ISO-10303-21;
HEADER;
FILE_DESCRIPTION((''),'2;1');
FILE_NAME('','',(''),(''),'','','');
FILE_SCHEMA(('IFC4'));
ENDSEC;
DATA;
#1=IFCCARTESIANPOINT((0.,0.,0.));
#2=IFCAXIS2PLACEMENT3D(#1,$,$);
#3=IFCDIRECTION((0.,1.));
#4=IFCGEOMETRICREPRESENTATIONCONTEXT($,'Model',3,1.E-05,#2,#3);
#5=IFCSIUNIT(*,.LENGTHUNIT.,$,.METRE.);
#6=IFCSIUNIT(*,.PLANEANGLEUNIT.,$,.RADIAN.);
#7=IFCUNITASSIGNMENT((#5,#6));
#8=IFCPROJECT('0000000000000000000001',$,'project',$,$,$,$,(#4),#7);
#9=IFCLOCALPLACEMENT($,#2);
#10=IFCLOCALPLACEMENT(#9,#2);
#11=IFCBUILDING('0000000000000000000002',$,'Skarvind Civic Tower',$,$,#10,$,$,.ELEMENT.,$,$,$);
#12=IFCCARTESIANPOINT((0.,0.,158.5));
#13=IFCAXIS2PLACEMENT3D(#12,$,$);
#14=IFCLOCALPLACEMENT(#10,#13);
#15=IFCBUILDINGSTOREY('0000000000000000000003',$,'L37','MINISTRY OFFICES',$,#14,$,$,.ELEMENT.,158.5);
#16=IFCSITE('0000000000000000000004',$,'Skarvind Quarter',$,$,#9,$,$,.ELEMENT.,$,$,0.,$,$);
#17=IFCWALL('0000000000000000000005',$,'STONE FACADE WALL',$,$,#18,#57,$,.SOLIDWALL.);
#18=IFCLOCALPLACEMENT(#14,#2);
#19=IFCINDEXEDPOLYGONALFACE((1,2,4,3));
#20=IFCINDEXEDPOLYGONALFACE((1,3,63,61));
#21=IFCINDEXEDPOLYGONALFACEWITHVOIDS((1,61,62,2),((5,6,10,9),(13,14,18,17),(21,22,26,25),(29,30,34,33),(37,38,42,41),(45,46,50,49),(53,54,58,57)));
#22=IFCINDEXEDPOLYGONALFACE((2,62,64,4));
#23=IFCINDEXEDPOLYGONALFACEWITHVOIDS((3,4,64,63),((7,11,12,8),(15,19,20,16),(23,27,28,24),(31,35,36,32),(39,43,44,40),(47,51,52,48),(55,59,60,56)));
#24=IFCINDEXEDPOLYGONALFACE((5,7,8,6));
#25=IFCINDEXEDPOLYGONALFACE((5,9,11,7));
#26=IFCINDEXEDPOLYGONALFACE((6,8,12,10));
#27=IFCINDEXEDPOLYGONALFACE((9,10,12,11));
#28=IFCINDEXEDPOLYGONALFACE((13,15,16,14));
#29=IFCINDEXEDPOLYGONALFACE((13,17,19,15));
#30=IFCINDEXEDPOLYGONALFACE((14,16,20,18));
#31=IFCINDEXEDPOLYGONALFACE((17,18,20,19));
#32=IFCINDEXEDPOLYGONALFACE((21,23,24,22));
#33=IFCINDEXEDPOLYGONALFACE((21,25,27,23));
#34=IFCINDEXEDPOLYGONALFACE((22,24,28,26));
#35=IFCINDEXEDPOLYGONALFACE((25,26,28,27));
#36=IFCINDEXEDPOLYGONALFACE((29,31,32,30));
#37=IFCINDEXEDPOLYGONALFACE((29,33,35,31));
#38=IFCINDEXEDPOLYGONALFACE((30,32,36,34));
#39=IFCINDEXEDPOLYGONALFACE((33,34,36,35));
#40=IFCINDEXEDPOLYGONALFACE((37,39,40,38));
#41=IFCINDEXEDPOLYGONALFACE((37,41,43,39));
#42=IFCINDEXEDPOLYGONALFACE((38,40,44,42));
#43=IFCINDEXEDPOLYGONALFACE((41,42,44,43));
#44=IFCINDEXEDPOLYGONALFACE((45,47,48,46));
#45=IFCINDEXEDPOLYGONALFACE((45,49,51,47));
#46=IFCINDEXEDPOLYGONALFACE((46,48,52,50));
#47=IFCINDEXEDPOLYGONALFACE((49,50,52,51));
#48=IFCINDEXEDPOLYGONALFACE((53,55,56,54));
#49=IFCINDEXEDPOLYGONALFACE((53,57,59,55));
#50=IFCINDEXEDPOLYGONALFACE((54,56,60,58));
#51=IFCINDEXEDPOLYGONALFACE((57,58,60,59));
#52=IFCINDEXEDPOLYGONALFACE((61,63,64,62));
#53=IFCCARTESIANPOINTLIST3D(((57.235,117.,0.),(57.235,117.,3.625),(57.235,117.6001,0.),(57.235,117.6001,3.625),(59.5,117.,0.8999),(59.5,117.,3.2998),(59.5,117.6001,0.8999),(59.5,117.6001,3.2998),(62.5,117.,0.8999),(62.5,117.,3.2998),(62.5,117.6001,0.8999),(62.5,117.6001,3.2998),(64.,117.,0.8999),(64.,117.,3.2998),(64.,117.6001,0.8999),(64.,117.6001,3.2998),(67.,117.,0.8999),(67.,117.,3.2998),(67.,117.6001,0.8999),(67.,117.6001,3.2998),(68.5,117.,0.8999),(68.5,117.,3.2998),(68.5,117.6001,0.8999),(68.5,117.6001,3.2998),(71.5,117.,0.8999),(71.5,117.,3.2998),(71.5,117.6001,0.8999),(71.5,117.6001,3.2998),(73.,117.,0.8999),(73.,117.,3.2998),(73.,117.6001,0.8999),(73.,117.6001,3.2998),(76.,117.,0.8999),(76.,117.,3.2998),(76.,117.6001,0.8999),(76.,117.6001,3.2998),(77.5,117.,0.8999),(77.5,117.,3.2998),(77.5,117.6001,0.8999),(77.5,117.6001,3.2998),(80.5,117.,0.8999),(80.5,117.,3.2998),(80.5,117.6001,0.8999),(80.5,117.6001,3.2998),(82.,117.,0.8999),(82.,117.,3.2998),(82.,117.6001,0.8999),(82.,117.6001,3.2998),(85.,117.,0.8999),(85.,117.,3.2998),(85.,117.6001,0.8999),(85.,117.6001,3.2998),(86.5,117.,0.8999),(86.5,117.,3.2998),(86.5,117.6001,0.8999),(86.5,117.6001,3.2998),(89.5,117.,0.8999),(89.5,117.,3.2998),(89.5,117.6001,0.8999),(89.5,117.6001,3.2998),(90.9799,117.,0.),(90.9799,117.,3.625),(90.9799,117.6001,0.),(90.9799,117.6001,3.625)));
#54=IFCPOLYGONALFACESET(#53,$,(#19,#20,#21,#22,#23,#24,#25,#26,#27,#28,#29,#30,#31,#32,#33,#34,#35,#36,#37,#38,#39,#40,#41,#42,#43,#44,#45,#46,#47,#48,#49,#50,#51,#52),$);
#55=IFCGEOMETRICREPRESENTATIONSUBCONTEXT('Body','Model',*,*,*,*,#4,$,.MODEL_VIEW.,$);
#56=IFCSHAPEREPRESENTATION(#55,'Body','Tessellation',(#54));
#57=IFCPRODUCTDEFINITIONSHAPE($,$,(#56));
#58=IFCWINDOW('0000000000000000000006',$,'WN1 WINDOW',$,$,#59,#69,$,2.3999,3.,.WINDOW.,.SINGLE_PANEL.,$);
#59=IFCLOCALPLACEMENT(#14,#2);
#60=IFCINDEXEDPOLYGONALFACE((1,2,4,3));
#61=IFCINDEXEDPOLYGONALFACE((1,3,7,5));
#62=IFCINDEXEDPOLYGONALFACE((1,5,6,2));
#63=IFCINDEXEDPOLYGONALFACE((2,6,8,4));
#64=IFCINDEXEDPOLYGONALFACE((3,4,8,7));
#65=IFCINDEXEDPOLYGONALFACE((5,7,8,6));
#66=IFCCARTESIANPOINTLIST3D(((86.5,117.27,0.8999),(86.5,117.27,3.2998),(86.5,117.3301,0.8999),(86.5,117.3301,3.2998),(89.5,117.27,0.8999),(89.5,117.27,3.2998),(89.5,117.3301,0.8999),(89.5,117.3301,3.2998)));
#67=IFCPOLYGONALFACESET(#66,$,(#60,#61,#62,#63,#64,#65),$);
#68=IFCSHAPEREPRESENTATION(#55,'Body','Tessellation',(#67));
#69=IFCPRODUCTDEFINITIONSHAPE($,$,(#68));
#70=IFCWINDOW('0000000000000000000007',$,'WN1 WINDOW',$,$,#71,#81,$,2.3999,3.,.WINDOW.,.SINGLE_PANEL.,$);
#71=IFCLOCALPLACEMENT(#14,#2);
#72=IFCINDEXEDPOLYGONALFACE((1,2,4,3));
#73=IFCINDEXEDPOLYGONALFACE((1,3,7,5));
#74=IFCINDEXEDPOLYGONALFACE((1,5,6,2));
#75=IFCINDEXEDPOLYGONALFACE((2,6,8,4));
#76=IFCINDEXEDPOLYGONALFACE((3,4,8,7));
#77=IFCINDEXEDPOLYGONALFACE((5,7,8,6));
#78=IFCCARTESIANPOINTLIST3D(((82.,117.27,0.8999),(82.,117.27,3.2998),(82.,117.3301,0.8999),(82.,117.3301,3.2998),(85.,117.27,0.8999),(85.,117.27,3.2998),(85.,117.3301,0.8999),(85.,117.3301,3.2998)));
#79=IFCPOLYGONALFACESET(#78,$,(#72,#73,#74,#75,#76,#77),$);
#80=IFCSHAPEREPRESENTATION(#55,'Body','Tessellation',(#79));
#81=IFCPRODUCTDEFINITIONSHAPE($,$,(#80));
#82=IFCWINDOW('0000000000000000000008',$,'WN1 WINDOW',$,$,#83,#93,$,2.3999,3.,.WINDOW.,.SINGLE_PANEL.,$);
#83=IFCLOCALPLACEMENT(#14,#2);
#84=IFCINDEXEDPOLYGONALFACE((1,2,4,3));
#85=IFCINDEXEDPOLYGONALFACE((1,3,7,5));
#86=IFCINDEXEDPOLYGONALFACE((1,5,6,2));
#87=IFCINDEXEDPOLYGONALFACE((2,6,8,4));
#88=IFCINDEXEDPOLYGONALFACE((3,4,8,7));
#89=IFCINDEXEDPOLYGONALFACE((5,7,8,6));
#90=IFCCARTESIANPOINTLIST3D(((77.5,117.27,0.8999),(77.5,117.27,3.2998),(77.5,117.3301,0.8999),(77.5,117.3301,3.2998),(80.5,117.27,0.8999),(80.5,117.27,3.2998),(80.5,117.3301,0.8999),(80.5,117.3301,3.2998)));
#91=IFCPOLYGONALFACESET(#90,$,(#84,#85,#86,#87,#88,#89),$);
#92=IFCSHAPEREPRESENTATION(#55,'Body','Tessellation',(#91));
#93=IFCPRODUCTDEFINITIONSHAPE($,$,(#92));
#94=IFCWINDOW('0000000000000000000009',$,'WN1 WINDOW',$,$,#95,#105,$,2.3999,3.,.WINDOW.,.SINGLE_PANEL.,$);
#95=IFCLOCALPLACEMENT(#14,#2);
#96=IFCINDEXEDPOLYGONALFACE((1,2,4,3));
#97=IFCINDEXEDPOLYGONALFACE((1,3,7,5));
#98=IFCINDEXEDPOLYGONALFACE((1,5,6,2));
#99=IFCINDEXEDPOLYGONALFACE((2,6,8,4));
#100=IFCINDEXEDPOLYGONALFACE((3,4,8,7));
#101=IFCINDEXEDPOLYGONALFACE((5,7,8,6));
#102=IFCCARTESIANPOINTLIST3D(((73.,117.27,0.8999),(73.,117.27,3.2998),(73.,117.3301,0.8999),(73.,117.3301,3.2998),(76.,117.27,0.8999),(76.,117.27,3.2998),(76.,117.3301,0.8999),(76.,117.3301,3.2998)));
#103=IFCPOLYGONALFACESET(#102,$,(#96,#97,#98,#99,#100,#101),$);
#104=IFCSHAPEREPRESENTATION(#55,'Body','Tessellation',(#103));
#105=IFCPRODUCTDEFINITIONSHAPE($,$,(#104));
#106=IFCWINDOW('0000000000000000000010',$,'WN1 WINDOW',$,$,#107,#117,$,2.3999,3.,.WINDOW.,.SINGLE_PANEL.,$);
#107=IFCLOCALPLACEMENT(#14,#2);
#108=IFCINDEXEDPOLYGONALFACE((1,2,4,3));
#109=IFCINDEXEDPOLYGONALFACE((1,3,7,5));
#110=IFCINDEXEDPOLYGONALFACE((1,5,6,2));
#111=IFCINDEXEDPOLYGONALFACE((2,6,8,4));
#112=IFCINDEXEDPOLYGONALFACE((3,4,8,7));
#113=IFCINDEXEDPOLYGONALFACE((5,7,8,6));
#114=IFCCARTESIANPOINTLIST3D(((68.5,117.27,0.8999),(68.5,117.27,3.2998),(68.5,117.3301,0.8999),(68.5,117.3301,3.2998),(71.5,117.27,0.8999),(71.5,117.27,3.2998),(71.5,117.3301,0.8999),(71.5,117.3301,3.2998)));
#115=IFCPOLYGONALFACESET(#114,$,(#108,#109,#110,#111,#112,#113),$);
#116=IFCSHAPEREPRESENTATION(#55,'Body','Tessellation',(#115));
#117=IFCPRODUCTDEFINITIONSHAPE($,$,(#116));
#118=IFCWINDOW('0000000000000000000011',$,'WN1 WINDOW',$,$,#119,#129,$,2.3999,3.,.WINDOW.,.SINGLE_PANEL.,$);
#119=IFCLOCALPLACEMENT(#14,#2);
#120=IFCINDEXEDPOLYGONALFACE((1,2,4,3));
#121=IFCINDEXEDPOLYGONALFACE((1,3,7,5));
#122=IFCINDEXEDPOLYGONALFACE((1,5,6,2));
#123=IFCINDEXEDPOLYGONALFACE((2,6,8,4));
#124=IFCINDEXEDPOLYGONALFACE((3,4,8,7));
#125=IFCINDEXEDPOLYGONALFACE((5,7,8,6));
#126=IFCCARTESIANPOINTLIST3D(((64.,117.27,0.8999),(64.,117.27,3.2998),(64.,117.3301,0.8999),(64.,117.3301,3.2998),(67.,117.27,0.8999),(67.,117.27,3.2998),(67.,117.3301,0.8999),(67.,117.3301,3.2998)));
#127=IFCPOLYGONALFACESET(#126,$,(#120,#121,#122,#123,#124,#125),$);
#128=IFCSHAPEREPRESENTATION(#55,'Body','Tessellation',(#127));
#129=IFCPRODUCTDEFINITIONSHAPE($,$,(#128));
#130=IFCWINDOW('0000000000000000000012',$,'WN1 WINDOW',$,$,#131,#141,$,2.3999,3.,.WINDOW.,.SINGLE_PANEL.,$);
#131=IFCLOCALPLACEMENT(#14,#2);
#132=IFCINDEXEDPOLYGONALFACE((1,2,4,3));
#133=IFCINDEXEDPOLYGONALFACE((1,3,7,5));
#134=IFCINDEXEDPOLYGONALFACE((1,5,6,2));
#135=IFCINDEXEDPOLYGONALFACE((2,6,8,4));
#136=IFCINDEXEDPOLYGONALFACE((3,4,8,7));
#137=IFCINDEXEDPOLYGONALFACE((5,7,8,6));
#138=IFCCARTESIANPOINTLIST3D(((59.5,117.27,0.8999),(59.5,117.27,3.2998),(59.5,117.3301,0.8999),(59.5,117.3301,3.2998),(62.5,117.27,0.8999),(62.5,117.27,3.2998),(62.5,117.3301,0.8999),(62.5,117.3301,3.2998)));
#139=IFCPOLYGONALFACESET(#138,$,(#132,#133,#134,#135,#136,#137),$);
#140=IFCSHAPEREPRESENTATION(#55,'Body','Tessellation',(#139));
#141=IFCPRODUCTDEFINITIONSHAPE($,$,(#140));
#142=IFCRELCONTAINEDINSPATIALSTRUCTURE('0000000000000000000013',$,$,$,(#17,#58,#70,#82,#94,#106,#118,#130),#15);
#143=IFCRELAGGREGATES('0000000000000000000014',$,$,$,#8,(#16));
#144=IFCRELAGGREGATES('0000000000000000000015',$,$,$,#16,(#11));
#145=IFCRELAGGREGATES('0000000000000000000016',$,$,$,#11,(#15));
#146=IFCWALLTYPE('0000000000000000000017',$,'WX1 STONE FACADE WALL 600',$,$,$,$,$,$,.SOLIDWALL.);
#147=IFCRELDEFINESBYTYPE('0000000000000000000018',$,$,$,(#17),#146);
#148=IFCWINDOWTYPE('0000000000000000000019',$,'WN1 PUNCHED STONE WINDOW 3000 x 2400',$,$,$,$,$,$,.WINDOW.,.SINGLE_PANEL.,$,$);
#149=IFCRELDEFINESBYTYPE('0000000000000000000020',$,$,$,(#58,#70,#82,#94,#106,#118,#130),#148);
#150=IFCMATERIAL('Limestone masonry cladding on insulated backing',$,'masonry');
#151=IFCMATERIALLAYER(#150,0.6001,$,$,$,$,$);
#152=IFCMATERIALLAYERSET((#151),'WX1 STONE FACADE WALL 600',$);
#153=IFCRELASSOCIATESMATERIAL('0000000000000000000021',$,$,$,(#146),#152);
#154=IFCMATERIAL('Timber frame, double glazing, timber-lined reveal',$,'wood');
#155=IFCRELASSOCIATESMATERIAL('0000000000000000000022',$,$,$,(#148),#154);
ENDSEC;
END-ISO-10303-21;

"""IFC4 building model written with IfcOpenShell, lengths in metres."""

from ifc_helpers import new_model, si_unit, direction, frame, frame_2d, origin, place, context, subcontext, project, spatial, rectangle, extrude, material, layer, layer_set, type_object, element, fill, save


model = new_model("IFC4")

# Units and contexts
model_context = context("Model", 3, precision=1e-05, world=origin(), true_north=direction((0.0, 1.0)))
body_context = subcontext(model_context, "Body", "Model", "MODEL_VIEW")
ifc_project = project(units=[si_unit("LENGTHUNIT", "METRE"), si_unit("PLANEANGLEUNIT", "RADIAN")], contexts=[model_context])

# Site, building, storey
site_placement = place(None, origin())
site = spatial("IfcSite", under=ifc_project, at=site_placement, Name="Skarvind Quarter", CompositionType="ELEMENT", RefElevation=0.0)
building_placement = place(site_placement, origin())
building = spatial("IfcBuilding", under=site, at=building_placement, Name="Skarvind Civic Tower", CompositionType="ELEMENT")
storey_placement = place(building_placement, frame((0.0, 0.0, 158.5)))
storey = spatial("IfcBuildingStorey", under=building, at=storey_placement, Name="L37", Description="MINISTRY OFFICES", CompositionType="ELEMENT", Elevation=158.5)

# Wall, openings, windows
ifc_material_1 = material(Name="Limestone masonry cladding on insulated backing", Category="masonry")
ifc_layer_1 = layer(ifc_material_1, 0.6001)
ifc_layer_set_1 = layer_set([ifc_layer_1], Name="WX1 STONE FACADE WALL 600")
wall_type_1 = type_object("IfcWallType", Name="WX1 STONE FACADE WALL 600", PredefinedType="SOLIDWALL", material=ifc_layer_set_1)
wall_1_placement = place(storey_placement, frame((90.98, 117.3, 0.0), z_axis=(0.0, 0.0, 1.0), x_axis=(-1.0, 0.0, 0.0)))
wall_1 = element("IfcWall", 1, at=wall_1_placement, inside=storey, type_object=wall_type_1, Name="STONE FACADE WALL", PredefinedType="SOLIDWALL", context=body_context, shape_type="SweptSolid", body=[
    extrude(rectangle(XDim=33.7449, YDim=0.6001, at=frame_2d((16.8726, 0.0))), origin(), (0.0, 0.0, 1.0), 3.625),
])
opening_1_placement = place(wall_1_placement, frame((1.48, 0.0, 0.8999)))
opening_1 = element("IfcOpeningElement", 2, at=opening_1_placement, cuts=wall_1, PredefinedType="OPENING", context=body_context, shape_type="SweptSolid", body=[
    extrude(rectangle(XDim=3.0, YDim=2.3999, at=frame_2d((1.5, 1.2))), frame((0.0, 0.3101, 0.0), z_axis=(0.0, -1.0, 0.0), x_axis=(1.0, 0.0, 0.0)), (0.0, 0.0, 1.0), 0.6201),
])
opening_2_placement = place(wall_1_placement, frame((5.98, 0.0, 0.8999)))
opening_2 = element("IfcOpeningElement", 3, at=opening_2_placement, cuts=wall_1, PredefinedType="OPENING", context=body_context, shape_type="SweptSolid", body=[
    extrude(rectangle(XDim=3.0, YDim=2.3999, at=frame_2d((1.5, 1.2))), frame((0.0, 0.3101, 0.0), z_axis=(0.0, -1.0, 0.0), x_axis=(1.0, 0.0, 0.0)), (0.0, 0.0, 1.0), 0.6201),
])
opening_3_placement = place(wall_1_placement, frame((10.48, 0.0, 0.8999)))
opening_3 = element("IfcOpeningElement", 4, at=opening_3_placement, cuts=wall_1, PredefinedType="OPENING", context=body_context, shape_type="SweptSolid", body=[
    extrude(rectangle(XDim=3.0, YDim=2.3999, at=frame_2d((1.5, 1.2))), frame((0.0, 0.3101, 0.0), z_axis=(0.0, -1.0, 0.0), x_axis=(1.0, 0.0, 0.0)), (0.0, 0.0, 1.0), 0.6201),
])
opening_4_placement = place(wall_1_placement, frame((14.98, 0.0, 0.8999)))
opening_4 = element("IfcOpeningElement", 5, at=opening_4_placement, cuts=wall_1, PredefinedType="OPENING", context=body_context, shape_type="SweptSolid", body=[
    extrude(rectangle(XDim=3.0, YDim=2.3999, at=frame_2d((1.5, 1.2))), frame((0.0, 0.3101, 0.0), z_axis=(0.0, -1.0, 0.0), x_axis=(1.0, 0.0, 0.0)), (0.0, 0.0, 1.0), 0.6201),
])
opening_5_placement = place(wall_1_placement, frame((19.48, 0.0, 0.8999)))
opening_5 = element("IfcOpeningElement", 6, at=opening_5_placement, cuts=wall_1, PredefinedType="OPENING", context=body_context, shape_type="SweptSolid", body=[
    extrude(rectangle(XDim=3.0, YDim=2.3999, at=frame_2d((1.5, 1.2))), frame((0.0, 0.3101, 0.0), z_axis=(0.0, -1.0, 0.0), x_axis=(1.0, 0.0, 0.0)), (0.0, 0.0, 1.0), 0.6201),
])
opening_6_placement = place(wall_1_placement, frame((23.98, 0.0, 0.8999)))
opening_6 = element("IfcOpeningElement", 7, at=opening_6_placement, cuts=wall_1, PredefinedType="OPENING", context=body_context, shape_type="SweptSolid", body=[
    extrude(rectangle(XDim=3.0, YDim=2.3999, at=frame_2d((1.5, 1.2))), frame((0.0, 0.3101, 0.0), z_axis=(0.0, -1.0, 0.0), x_axis=(1.0, 0.0, 0.0)), (0.0, 0.0, 1.0), 0.6201),
])
opening_7_placement = place(wall_1_placement, frame((28.48, 0.0, 0.8999)))
opening_7 = element("IfcOpeningElement", 8, at=opening_7_placement, cuts=wall_1, PredefinedType="OPENING", context=body_context, shape_type="SweptSolid", body=[
    extrude(rectangle(XDim=3.0, YDim=2.3999, at=frame_2d((1.5, 1.2))), frame((0.0, 0.3101, 0.0), z_axis=(0.0, -1.0, 0.0), x_axis=(1.0, 0.0, 0.0)), (0.0, 0.0, 1.0), 0.6201),
])
ifc_material_2 = material(Name="Timber frame, double glazing, timber-lined reveal", Category="wood")
window_type = type_object("IfcWindowType", Name="WN1 PUNCHED STONE WINDOW 3000 x 2400", PartitioningType="SINGLE_PANEL", PredefinedType="WINDOW", material=ifc_material_2)
window_1_placement = place(opening_1_placement, origin())
window_1 = element("IfcWindow", 9, at=window_1_placement, inside=storey, type_object=window_type, Name="WN1 WINDOW", OverallHeight=2.3999, OverallWidth=3.0, PartitioningType="SINGLE_PANEL", PredefinedType="WINDOW", context=body_context, shape_type="SweptSolid", body=[
    extrude(rectangle(XDim=3.0, YDim=2.3999, at=frame_2d((1.5, 1.2))), frame((0.0, 0.03, 0.0), z_axis=(0.0, -1.0, 0.0), x_axis=(1.0, 0.0, 0.0)), (0.0, 0.0, 1.0), 0.0601),
])
fill(opening_1, window_1)
window_2_placement = place(opening_2_placement, origin())
window_2 = element("IfcWindow", 10, at=window_2_placement, inside=storey, type_object=window_type, Name="WN1 WINDOW", OverallHeight=2.3999, OverallWidth=3.0, PartitioningType="SINGLE_PANEL", PredefinedType="WINDOW", context=body_context, shape_type="SweptSolid", body=[
    extrude(rectangle(XDim=3.0, YDim=2.3999, at=frame_2d((1.5, 1.2))), frame((0.0, 0.03, 0.0), z_axis=(0.0, -1.0, 0.0), x_axis=(1.0, 0.0, 0.0)), (0.0, 0.0, 1.0), 0.0601),
])
fill(opening_2, window_2)
window_3_placement = place(opening_3_placement, origin())
window_3 = element("IfcWindow", 11, at=window_3_placement, inside=storey, type_object=window_type, Name="WN1 WINDOW", OverallHeight=2.3999, OverallWidth=3.0, PartitioningType="SINGLE_PANEL", PredefinedType="WINDOW", context=body_context, shape_type="SweptSolid", body=[
    extrude(rectangle(XDim=3.0, YDim=2.3999, at=frame_2d((1.5, 1.2))), frame((0.0, 0.03, 0.0), z_axis=(0.0, -1.0, 0.0), x_axis=(1.0, 0.0, 0.0)), (0.0, 0.0, 1.0), 0.0601),
])
fill(opening_3, window_3)
window_4_placement = place(opening_4_placement, origin())
window_4 = element("IfcWindow", 12, at=window_4_placement, inside=storey, type_object=window_type, Name="WN1 WINDOW", OverallHeight=2.3999, OverallWidth=3.0, PartitioningType="SINGLE_PANEL", PredefinedType="WINDOW", context=body_context, shape_type="SweptSolid", body=[
    extrude(rectangle(XDim=3.0, YDim=2.3999, at=frame_2d((1.5, 1.2))), frame((0.0, 0.03, 0.0), z_axis=(0.0, -1.0, 0.0), x_axis=(1.0, 0.0, 0.0)), (0.0, 0.0, 1.0), 0.0601),
])
fill(opening_4, window_4)
window_5_placement = place(opening_5_placement, origin())
window_5 = element("IfcWindow", 13, at=window_5_placement, inside=storey, type_object=window_type, Name="WN1 WINDOW", OverallHeight=2.3999, OverallWidth=3.0, PartitioningType="SINGLE_PANEL", PredefinedType="WINDOW", context=body_context, shape_type="SweptSolid", body=[
    extrude(rectangle(XDim=3.0, YDim=2.3999, at=frame_2d((1.5, 1.2))), frame((0.0, 0.03, 0.0), z_axis=(0.0, -1.0, 0.0), x_axis=(1.0, 0.0, 0.0)), (0.0, 0.0, 1.0), 0.0601),
])
fill(opening_5, window_5)
window_6_placement = place(opening_6_placement, origin())
window_6 = element("IfcWindow", 14, at=window_6_placement, inside=storey, type_object=window_type, Name="WN1 WINDOW", OverallHeight=2.3999, OverallWidth=3.0, PartitioningType="SINGLE_PANEL", PredefinedType="WINDOW", context=body_context, shape_type="SweptSolid", body=[
    extrude(rectangle(XDim=3.0, YDim=2.3999, at=frame_2d((1.5, 1.2))), frame((0.0, 0.03, 0.0), z_axis=(0.0, -1.0, 0.0), x_axis=(1.0, 0.0, 0.0)), (0.0, 0.0, 1.0), 0.0601),
])
fill(opening_6, window_6)
window_7_placement = place(opening_7_placement, origin())
window_7 = element("IfcWindow", 15, at=window_7_placement, inside=storey, type_object=window_type, Name="WN1 WINDOW", OverallHeight=2.3999, OverallWidth=3.0, PartitioningType="SINGLE_PANEL", PredefinedType="WINDOW", context=body_context, shape_type="SweptSolid", body=[
    extrude(rectangle(XDim=3.0, YDim=2.3999, at=frame_2d((1.5, 1.2))), frame((0.0, 0.03, 0.0), z_axis=(0.0, -1.0, 0.0), x_axis=(1.0, 0.0, 0.0)), (0.0, 0.0, 1.0), 0.0601),
])
fill(opening_7, window_7)

save(model, "model.ifc")
